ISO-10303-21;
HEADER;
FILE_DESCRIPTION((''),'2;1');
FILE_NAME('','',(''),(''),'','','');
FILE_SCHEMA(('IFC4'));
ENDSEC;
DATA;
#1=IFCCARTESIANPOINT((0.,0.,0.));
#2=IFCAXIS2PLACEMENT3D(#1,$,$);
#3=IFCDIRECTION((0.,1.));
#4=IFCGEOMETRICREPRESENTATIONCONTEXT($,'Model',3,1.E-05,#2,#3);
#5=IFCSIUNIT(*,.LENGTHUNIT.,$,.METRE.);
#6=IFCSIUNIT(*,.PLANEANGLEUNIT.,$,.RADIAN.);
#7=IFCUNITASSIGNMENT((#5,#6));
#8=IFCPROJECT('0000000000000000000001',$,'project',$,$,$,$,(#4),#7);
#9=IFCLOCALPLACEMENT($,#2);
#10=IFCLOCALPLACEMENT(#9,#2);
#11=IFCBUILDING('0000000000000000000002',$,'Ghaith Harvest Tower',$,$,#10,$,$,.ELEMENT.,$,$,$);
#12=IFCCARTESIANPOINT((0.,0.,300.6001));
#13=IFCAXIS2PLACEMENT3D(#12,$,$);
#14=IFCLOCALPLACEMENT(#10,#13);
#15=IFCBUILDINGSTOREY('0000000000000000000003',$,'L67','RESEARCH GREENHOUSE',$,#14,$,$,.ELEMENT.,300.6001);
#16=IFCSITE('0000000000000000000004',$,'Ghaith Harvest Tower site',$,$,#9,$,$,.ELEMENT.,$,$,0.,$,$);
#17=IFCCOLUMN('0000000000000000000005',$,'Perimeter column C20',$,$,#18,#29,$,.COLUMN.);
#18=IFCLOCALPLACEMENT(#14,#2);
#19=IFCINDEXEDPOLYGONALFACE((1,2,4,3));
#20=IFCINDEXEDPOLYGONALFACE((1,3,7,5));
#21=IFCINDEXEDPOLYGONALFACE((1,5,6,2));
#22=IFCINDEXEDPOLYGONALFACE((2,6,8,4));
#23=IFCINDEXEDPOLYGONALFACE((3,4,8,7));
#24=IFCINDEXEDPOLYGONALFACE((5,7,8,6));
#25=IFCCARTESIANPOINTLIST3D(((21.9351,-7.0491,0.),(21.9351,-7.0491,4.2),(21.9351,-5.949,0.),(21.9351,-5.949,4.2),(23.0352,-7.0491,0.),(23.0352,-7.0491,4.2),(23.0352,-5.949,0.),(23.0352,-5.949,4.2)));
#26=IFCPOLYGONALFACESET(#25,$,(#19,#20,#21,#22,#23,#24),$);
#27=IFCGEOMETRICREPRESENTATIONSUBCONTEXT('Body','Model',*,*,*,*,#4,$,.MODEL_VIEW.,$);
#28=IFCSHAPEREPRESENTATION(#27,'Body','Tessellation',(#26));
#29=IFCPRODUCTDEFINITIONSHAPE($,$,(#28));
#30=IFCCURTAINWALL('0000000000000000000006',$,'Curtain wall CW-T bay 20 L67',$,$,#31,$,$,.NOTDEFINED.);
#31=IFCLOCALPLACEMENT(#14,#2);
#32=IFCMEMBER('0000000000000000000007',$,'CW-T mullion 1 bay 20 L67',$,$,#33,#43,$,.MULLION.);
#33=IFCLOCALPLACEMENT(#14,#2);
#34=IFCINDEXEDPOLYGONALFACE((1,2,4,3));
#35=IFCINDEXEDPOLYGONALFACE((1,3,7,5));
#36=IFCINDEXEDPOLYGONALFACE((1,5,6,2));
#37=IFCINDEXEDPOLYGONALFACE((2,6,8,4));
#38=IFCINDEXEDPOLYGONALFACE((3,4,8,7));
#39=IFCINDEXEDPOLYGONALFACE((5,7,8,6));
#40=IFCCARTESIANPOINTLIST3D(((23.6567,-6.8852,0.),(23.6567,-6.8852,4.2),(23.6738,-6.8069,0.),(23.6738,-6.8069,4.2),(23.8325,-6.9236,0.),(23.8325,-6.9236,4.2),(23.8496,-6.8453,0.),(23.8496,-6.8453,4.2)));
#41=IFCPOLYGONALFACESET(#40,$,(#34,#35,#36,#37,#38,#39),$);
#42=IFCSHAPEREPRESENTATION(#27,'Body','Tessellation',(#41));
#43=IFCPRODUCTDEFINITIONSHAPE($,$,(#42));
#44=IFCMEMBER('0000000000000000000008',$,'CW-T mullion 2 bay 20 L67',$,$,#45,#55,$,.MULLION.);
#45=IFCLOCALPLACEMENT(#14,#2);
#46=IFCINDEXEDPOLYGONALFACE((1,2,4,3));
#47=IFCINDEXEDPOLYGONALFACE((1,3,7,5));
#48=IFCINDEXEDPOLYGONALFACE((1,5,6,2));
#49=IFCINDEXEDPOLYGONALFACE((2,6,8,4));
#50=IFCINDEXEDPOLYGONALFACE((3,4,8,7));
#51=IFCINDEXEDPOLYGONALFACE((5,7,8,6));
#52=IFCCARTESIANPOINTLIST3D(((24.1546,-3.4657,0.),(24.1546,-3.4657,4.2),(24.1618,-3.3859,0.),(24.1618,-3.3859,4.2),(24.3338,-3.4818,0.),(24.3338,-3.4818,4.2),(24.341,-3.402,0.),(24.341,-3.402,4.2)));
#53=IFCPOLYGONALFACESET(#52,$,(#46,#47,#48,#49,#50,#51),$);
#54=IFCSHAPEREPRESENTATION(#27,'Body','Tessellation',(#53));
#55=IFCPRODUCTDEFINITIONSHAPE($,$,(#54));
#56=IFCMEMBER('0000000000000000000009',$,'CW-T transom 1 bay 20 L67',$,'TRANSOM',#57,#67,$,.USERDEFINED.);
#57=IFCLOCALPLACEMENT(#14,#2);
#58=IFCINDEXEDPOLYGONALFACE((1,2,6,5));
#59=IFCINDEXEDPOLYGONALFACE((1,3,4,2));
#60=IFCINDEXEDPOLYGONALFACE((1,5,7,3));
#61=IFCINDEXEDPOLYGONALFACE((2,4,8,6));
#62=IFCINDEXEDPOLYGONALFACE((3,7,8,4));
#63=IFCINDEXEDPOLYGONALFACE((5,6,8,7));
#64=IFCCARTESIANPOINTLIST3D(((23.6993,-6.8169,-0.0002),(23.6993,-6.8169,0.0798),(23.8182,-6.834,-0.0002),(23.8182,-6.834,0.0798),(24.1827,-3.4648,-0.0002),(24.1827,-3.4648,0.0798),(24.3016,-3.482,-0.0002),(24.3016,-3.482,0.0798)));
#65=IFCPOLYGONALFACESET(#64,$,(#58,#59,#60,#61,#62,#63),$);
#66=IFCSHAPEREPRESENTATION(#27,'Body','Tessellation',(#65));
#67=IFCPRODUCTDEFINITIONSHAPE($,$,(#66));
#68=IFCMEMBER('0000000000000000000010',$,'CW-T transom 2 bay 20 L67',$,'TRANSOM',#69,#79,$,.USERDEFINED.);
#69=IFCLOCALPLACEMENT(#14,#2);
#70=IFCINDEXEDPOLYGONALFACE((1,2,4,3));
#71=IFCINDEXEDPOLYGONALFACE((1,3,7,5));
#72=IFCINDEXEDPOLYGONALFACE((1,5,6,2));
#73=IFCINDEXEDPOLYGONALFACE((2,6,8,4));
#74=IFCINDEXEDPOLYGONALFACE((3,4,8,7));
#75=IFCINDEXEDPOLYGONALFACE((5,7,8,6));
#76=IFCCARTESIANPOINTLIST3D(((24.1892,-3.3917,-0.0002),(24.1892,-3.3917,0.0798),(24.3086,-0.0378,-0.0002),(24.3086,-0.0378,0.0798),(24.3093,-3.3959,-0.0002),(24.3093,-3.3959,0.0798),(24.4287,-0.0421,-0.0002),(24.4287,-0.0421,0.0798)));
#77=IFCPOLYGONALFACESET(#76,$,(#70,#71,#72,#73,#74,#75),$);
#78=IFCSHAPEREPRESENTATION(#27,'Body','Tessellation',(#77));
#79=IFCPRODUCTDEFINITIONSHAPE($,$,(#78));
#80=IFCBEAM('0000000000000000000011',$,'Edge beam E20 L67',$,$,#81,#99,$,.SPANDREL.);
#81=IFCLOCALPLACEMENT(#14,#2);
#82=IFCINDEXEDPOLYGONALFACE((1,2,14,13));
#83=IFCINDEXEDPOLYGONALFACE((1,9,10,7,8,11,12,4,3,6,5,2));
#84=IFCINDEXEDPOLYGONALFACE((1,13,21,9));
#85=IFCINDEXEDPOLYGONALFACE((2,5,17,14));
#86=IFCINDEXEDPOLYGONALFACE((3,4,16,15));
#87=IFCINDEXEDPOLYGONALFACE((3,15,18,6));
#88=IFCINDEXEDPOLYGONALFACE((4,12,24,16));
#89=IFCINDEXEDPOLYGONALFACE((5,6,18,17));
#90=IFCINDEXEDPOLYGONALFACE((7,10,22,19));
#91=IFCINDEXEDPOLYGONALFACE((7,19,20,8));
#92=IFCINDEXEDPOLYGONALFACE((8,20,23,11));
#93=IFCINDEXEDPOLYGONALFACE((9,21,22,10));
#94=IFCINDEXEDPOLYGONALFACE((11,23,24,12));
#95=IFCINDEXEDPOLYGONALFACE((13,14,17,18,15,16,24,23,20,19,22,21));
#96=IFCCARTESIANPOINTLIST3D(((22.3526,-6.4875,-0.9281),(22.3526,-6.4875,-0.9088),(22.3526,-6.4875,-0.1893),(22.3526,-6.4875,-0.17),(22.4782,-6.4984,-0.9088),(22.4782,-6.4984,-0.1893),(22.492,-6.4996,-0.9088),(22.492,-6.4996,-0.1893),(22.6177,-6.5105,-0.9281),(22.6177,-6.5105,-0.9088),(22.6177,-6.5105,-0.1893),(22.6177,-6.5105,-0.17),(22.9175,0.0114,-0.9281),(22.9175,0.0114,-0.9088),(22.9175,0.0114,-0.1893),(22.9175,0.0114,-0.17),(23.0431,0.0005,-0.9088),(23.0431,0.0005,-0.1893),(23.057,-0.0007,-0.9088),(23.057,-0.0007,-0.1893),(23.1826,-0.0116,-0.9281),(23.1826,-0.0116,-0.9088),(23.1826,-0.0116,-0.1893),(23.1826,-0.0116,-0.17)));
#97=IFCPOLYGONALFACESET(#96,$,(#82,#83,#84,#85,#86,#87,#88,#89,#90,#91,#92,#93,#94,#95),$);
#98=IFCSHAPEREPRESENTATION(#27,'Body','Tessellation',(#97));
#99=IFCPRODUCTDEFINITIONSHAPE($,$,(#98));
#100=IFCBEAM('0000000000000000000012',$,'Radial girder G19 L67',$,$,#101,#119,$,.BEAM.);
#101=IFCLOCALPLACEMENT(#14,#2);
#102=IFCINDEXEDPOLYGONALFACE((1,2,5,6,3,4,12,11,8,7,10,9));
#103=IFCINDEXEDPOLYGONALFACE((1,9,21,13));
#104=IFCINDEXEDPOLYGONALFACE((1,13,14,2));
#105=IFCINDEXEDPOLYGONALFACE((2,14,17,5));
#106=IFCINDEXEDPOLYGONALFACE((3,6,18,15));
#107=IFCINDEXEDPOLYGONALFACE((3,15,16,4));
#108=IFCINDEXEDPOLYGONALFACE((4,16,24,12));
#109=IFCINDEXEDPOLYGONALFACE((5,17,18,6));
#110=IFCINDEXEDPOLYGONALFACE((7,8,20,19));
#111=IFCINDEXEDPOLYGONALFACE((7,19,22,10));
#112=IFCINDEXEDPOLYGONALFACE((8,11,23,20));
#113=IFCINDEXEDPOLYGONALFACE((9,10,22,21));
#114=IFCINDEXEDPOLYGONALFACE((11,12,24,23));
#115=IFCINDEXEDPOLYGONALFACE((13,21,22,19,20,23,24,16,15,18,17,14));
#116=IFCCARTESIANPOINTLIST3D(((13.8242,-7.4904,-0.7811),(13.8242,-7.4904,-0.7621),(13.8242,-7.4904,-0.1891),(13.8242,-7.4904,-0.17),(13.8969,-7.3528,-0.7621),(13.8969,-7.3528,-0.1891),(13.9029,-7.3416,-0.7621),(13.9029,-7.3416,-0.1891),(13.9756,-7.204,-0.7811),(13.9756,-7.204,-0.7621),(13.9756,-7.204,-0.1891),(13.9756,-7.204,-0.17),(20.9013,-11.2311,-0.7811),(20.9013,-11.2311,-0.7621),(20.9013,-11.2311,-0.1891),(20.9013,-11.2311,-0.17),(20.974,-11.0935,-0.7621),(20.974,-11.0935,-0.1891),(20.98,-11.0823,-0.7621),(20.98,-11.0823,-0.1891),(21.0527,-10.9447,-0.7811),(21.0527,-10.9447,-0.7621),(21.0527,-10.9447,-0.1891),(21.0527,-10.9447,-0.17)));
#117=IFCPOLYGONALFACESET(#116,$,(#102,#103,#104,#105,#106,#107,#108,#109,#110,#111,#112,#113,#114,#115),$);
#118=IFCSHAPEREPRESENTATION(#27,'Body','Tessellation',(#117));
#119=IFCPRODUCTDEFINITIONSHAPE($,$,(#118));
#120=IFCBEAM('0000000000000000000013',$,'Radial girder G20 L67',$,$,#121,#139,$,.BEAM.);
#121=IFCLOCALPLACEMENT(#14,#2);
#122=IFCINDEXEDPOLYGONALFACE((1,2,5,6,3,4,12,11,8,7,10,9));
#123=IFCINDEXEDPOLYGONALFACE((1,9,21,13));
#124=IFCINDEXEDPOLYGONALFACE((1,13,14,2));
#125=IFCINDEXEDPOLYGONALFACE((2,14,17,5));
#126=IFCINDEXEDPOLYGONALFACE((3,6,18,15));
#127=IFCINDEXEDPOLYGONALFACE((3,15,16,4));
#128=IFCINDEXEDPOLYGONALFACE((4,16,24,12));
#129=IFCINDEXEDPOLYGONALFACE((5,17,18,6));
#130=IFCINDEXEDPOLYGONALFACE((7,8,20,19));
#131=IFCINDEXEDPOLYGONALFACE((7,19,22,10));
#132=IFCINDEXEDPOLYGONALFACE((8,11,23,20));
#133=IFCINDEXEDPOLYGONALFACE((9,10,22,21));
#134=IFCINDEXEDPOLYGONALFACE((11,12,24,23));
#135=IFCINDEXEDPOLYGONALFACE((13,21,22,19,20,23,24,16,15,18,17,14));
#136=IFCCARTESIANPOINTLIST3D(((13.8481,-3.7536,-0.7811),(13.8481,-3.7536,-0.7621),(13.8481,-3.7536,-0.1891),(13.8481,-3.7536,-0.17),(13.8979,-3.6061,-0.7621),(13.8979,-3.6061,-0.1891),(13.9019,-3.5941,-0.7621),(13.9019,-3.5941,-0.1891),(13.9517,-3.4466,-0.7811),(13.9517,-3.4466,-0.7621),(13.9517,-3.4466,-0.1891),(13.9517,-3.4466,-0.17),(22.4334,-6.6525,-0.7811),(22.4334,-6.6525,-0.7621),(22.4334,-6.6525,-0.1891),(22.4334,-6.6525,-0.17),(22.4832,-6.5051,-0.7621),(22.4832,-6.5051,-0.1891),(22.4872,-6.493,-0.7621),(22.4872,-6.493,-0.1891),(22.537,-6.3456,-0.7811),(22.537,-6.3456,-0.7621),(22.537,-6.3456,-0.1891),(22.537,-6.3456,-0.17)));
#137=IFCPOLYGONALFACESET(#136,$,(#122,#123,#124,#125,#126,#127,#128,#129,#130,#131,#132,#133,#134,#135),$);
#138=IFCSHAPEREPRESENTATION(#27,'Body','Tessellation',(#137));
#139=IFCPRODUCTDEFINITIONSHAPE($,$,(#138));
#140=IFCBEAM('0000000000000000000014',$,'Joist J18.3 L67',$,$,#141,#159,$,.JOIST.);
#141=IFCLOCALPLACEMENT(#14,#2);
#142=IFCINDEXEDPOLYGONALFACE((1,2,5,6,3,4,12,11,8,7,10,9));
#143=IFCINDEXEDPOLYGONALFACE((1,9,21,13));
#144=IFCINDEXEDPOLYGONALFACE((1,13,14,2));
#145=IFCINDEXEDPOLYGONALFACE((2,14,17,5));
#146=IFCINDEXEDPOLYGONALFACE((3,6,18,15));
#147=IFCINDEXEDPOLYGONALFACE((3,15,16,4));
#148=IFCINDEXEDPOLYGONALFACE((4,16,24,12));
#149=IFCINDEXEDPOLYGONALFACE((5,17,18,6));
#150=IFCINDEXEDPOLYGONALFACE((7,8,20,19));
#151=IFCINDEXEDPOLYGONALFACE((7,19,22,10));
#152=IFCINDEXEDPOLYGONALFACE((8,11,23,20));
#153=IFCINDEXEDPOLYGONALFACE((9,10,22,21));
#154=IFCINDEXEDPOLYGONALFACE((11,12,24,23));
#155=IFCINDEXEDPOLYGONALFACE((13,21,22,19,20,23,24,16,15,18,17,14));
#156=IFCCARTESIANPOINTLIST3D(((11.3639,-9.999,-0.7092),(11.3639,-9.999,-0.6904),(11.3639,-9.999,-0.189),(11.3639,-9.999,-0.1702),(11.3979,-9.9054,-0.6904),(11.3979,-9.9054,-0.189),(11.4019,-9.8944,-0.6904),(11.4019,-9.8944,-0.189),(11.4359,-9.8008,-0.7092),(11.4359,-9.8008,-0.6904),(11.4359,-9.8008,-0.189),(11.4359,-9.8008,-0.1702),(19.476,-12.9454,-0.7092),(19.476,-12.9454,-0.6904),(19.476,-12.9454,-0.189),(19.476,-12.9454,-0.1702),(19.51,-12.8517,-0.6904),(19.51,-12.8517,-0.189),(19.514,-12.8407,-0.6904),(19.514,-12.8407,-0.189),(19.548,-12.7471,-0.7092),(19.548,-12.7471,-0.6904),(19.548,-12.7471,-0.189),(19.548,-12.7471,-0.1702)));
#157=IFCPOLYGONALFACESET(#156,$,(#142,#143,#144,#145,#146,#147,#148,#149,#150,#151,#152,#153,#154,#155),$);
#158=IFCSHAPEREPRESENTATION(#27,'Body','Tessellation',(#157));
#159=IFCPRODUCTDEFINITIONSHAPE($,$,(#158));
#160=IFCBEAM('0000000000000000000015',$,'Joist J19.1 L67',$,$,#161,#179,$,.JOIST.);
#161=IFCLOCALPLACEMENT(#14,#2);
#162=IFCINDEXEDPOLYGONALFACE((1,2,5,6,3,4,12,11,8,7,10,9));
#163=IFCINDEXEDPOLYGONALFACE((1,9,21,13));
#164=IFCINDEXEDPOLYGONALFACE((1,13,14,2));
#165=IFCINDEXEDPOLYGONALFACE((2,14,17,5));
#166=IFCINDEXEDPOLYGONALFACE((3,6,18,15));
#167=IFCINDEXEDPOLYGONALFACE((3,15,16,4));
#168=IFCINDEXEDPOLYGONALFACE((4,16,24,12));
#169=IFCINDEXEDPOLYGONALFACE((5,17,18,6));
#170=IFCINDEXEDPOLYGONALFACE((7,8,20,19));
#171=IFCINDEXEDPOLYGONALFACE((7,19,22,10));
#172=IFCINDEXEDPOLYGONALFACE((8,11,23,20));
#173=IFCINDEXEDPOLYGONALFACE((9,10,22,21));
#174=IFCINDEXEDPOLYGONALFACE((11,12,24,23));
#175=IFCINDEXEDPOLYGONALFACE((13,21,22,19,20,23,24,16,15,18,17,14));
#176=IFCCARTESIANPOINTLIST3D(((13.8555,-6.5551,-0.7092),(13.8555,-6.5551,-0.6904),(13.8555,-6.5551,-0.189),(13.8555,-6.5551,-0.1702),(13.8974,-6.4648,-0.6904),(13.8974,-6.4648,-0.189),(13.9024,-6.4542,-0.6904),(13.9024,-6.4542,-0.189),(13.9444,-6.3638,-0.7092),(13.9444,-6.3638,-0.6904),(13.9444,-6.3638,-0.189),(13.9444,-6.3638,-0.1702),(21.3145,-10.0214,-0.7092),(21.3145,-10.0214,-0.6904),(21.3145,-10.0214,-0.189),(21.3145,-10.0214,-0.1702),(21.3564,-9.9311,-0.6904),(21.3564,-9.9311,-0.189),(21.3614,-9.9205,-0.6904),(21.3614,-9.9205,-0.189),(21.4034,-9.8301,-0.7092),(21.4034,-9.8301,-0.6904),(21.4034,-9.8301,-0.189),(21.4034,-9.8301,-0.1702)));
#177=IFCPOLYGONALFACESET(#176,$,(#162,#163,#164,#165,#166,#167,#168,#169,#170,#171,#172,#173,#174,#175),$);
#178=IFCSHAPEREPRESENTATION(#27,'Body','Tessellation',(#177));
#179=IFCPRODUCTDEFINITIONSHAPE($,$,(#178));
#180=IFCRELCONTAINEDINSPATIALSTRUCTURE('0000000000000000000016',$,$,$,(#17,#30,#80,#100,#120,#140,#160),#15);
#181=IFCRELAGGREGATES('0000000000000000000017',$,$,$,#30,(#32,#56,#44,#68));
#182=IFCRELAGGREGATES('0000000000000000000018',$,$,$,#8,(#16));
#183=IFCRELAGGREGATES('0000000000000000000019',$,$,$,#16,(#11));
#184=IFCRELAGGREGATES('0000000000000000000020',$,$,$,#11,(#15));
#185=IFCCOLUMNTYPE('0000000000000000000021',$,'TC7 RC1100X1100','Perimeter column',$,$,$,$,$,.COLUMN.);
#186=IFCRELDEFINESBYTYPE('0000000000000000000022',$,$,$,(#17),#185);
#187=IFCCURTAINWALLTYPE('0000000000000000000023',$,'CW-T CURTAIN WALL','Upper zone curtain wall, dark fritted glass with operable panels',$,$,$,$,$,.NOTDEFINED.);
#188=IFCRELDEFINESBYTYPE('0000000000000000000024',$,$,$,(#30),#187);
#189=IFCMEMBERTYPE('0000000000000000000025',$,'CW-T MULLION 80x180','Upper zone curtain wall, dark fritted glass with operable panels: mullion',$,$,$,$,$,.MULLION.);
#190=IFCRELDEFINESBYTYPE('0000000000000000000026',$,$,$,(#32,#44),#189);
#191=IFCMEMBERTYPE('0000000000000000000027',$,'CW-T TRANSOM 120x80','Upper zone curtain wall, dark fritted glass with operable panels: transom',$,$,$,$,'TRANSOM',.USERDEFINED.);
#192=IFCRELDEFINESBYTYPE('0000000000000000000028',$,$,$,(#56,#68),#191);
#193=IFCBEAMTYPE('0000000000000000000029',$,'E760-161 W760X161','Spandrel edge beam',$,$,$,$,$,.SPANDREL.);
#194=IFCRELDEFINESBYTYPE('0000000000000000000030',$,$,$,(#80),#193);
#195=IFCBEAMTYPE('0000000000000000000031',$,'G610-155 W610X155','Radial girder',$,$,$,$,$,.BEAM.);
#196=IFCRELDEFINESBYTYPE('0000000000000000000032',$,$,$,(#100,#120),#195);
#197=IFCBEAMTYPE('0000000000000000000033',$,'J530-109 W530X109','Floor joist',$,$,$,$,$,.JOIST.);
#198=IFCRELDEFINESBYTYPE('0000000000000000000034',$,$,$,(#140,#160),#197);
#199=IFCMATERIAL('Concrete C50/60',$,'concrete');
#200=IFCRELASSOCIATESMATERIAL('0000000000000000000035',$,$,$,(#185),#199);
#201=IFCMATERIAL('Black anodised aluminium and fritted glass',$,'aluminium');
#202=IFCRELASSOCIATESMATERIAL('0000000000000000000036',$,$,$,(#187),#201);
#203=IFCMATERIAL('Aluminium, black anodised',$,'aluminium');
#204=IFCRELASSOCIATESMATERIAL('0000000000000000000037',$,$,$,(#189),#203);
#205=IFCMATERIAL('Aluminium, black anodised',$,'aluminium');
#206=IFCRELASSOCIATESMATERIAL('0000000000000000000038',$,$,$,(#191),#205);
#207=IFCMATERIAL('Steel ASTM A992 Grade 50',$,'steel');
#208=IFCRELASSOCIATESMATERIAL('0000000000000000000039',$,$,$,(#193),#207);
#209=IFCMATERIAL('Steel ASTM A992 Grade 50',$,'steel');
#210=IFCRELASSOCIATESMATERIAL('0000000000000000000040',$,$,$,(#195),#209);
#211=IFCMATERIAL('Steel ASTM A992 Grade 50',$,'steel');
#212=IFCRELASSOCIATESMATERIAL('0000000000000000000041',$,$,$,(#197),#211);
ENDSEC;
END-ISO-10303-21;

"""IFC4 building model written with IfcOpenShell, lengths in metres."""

from ifc_helpers import new_model, si_unit, direction, frame, origin, origin_2d, place, context, subcontext, project, spatial, rectangle, i_section, extrude, material, material_profile, profile_set, type_object, element, aggregate, save


model = new_model("IFC4")

# Units and contexts
model_context = context("Model", 3, precision=1e-05, world=origin(), true_north=direction((0.0, 1.0)))
body_context = subcontext(model_context, "Body", "Model", "MODEL_VIEW")
ifc_project = project(units=[si_unit("LENGTHUNIT", "METRE"), si_unit("PLANEANGLEUNIT", "RADIAN")], contexts=[model_context])

# Site, building, storey
site_placement = place(None, origin())
site = spatial("IfcSite", under=ifc_project, at=site_placement, Name="Ghaith Harvest Tower site", CompositionType="ELEMENT", RefElevation=0.0)
building_placement = place(site_placement, origin())
building = spatial("IfcBuilding", under=site, at=building_placement, Name="Ghaith Harvest Tower", CompositionType="ELEMENT")
storey_placement = place(building_placement, frame((0.0, 0.0, 300.6001)))
storey = spatial("IfcBuildingStorey", under=building, at=storey_placement, Name="L67", Description="RESEARCH GREENHOUSE", CompositionType="ELEMENT", Elevation=300.6001)

# Column
ifc_material_1 = material(Name="Concrete C50/60", Category="concrete")
ifc_material_profile_1 = material_profile(ifc_material_1, rectangle(XDim=1.1001, YDim=1.1001, at=origin_2d()), Name="RC1100X1100")
ifc_profile_set_1 = profile_set([ifc_material_profile_1], Name="Concrete C50/60")
column_type = type_object("IfcColumnType", Name="TC7 RC1100X1100", Description="Perimeter column", PredefinedType="COLUMN", material=ifc_profile_set_1)
column_placement = place(storey_placement, frame((22.4851, -6.499, 0.0), z_axis=(0.0, 0.0, 1.0), x_axis=(1.0, 0.0, 0.0)))
element("IfcColumn", 1, at=column_placement, inside=storey, type_object=column_type, Name="Perimeter column C20", PredefinedType="COLUMN", context=body_context, shape_type="SweptSolid", body=[
    extrude(rectangle(XDim=1.1001, YDim=1.1001, at=origin_2d()), origin(), (0.0, 0.0, 1.0), 4.2),
])

# Curtain wall, members
ifc_material_2 = material(Name="Black anodised aluminium and fritted glass", Category="aluminium")
curtain_wall_type = type_object("IfcCurtainWallType", Name="CW-T CURTAIN WALL", Description="Upper zone curtain wall, dark fritted glass with operable panels", PredefinedType="NOTDEFINED", material=ifc_material_2)
curtain_wall_1_placement = place(storey_placement, origin())
curtain_wall_1 = element("IfcCurtainWall", 2, at=curtain_wall_1_placement, inside=storey, type_object=curtain_wall_type, Name="Curtain wall CW-T bay 20 L67", PredefinedType="NOTDEFINED")
ifc_material_3 = material(Name="Aluminium, black anodised", Category="aluminium")
ifc_material_profile_2 = material_profile(ifc_material_3, rectangle(XDim=0.0801, YDim=0.1799, at=origin_2d()), Name="CW-T MULLION 80x180")
ifc_profile_set_2 = profile_set([ifc_material_profile_2], Name="Aluminium, black anodised")
member_type_1 = type_object("IfcMemberType", Name="CW-T MULLION 80x180", Description="Upper zone curtain wall, dark fritted glass with operable panels: mullion", PredefinedType="MULLION", material=ifc_profile_set_2)
member_1_placement = place(storey_placement, frame((23.7532, -6.8652, 0.0), z_axis=(0.0, 0.0, 1.0), x_axis=(0.213402, 0.976964, 0.0)))
member_1 = element("IfcMember", 3, at=member_1_placement, type_object=member_type_1, Name="CW-T mullion 1 bay 20 L67", PredefinedType="MULLION", context=body_context, shape_type="SweptSolid", body=[
    extrude(rectangle(XDim=0.0801, YDim=0.1799, at=origin_2d()), origin(), (0.0, 0.0, 1.0), 4.2),
])
member_2_placement = place(storey_placement, frame((24.2478, -3.4338, 0.0), z_axis=(0.0, 0.0, 1.0), x_axis=(0.089502, 0.995987, 0.0)))
member_2 = element("IfcMember", 4, at=member_2_placement, type_object=member_type_1, Name="CW-T mullion 2 bay 20 L67", PredefinedType="MULLION", context=body_context, shape_type="SweptSolid", body=[
    extrude(rectangle(XDim=0.0801, YDim=0.1799, at=origin_2d()), origin(), (0.0, 0.0, 1.0), 4.2),
])
ifc_material_4 = material(Name="Aluminium, black anodised", Category="aluminium")
ifc_material_profile_3 = material_profile(ifc_material_4, rectangle(XDim=0.1201, YDim=0.0801, at=origin_2d()), Name="CW-T TRANSOM 120x80")
ifc_profile_set_3 = profile_set([ifc_material_profile_3], Name="Aluminium, black anodised")
member_type_2 = type_object("IfcMemberType", Name="CW-T TRANSOM 120x80", Description="Upper zone curtain wall, dark fritted glass with operable panels: transom", ElementType="TRANSOM", PredefinedType="USERDEFINED", material=ifc_profile_set_3)
member_3_placement = place(storey_placement, frame((23.7588, -6.8254, 0.0398), z_axis=(0.142733, 0.989761, 0.0), x_axis=(-0.989761, 0.142733, 0.0)))
member_3 = element("IfcMember", 5, at=member_3_placement, type_object=member_type_2, Name="CW-T transom 1 bay 20 L67", ObjectType="TRANSOM", PredefinedType="USERDEFINED", context=body_context, shape_type="SweptSolid", body=[
    extrude(rectangle(XDim=0.1201, YDim=0.0801, at=origin_2d()), origin(), (0.0, 0.0, 1.0), 3.3867),
])
member_4_placement = place(storey_placement, frame((24.2493, -3.3938, 0.0398), z_axis=(0.035575, 0.999367, 0.0), x_axis=(-0.999367, 0.035575, 0.0)))
member_4 = element("IfcMember", 6, at=member_4_placement, type_object=member_type_2, Name="CW-T transom 2 bay 20 L67", ObjectType="TRANSOM", PredefinedType="USERDEFINED", context=body_context, shape_type="SweptSolid", body=[
    extrude(rectangle(XDim=0.1201, YDim=0.0801, at=origin_2d()), origin(), (0.0, 0.0, 1.0), 3.356),
])

# Beams
ifc_material_5 = material(Name="Steel ASTM A992 Grade 50", Category="steel")
ifc_material_profile_4 = material_profile(ifc_material_5, i_section(OverallWidth=0.2661, OverallDepth=0.7581, WebThickness=0.0139, FlangeThickness=0.0193, at=origin_2d()), Name="W760X161")
ifc_profile_set_4 = profile_set([ifc_material_profile_4], Name="Steel ASTM A992 Grade 50")
beam_type_1 = type_object("IfcBeamType", Name="E760-161 W760X161", Description="Spandrel edge beam", PredefinedType="SPANDREL", material=ifc_profile_set_4)
beam_1_placement = place(storey_placement, frame((22.4851, -6.499, -0.5491), z_axis=(0.086601, 0.996243, 0.0), x_axis=(-0.996243, 0.086601, 0.0)))
element("IfcBeam", 7, at=beam_1_placement, inside=storey, type_object=beam_type_1, Name="Edge beam E20 L67", PredefinedType="SPANDREL", context=body_context, shape_type="SweptSolid", body=[
    extrude(i_section(OverallWidth=0.2661, OverallDepth=0.7581, WebThickness=0.0139, FlangeThickness=0.0193, at=origin_2d()), origin(), (0.0, 0.0, 1.0), 6.5234),
])
ifc_material_6 = material(Name="Steel ASTM A992 Grade 50", Category="steel")
ifc_material_profile_5 = material_profile(ifc_material_6, i_section(OverallWidth=0.324, OverallDepth=0.6111, WebThickness=0.0127, FlangeThickness=0.019, at=origin_2d()), Name="W610X155")
ifc_profile_set_5 = profile_set([ifc_material_profile_5], Name="Steel ASTM A992 Grade 50")
beam_type_2 = type_object("IfcBeamType", Name="G610-155 W610X155", Description="Radial girder", PredefinedType="BEAM", material=ifc_profile_set_5)
beam_2_placement = place(storey_placement, frame((13.8999, -7.3472, -0.4756), z_axis=(0.884098, -0.467302, 0.0), x_axis=(0.467302, 0.884098, 0.0)))
element("IfcBeam", 8, at=beam_2_placement, inside=storey, type_object=beam_type_2, Name="Radial girder G19 L67", PredefinedType="BEAM", context=body_context, shape_type="SweptSolid", body=[
    extrude(i_section(OverallWidth=0.324, OverallDepth=0.6111, WebThickness=0.0127, FlangeThickness=0.019, at=origin_2d()), origin(), (0.0, 0.0, 1.0), 8.0049),
])
beam_3_placement = place(storey_placement, frame((13.8999, -3.6001, -0.4756), z_axis=(0.947445, -0.319919, 0.0), x_axis=(0.319919, 0.947445, 0.0)))
element("IfcBeam", 9, at=beam_3_placement, inside=storey, type_object=beam_type_2, Name="Radial girder G20 L67", PredefinedType="BEAM", context=body_context, shape_type="SweptSolid", body=[
    extrude(i_section(OverallWidth=0.324, OverallDepth=0.6111, WebThickness=0.0127, FlangeThickness=0.019, at=origin_2d()), origin(), (0.0, 0.0, 1.0), 9.0615),
])
ifc_material_7 = material(Name="Steel ASTM A992 Grade 50", Category="steel")
ifc_material_profile_6 = material_profile(ifc_material_7, i_section(OverallWidth=0.2109, OverallDepth=0.5391, WebThickness=0.0117, FlangeThickness=0.0188, at=origin_2d()), Name="W530X109")
ifc_profile_set_6 = profile_set([ifc_material_profile_6], Name="Steel ASTM A992 Grade 50")
beam_type_3 = type_object("IfcBeamType", Name="J530-109 W530X109", Description="Floor joist", PredefinedType="JOIST", material=ifc_profile_set_6)
beam_4_placement = place(storey_placement, frame((11.3999, -9.8999, -0.4397), z_axis=(0.939926, -0.34138, 0.0), x_axis=(0.34138, 0.939926, 0.0)))
element("IfcBeam", 10, at=beam_4_placement, inside=storey, type_object=beam_type_3, Name="Joist J18.3 L67", PredefinedType="JOIST", context=body_context, shape_type="SweptSolid", body=[
    extrude(i_section(OverallWidth=0.2109, OverallDepth=0.5391, WebThickness=0.0117, FlangeThickness=0.0188, at=origin_2d()), origin(), (0.0, 0.0, 1.0), 8.6306),
])
beam_5_placement = place(storey_placement, frame((13.8999, -6.4595, -0.4397), z_axis=(0.90686, -0.421432, 0.0), x_axis=(0.421432, 0.90686, 0.0)))
element("IfcBeam", 11, at=beam_5_placement, inside=storey, type_object=beam_type_3, Name="Joist J19.1 L67", PredefinedType="JOIST", context=body_context, shape_type="SweptSolid", body=[
    extrude(i_section(OverallWidth=0.2109, OverallDepth=0.5391, WebThickness=0.0117, FlangeThickness=0.0188, at=origin_2d()), origin(), (0.0, 0.0, 1.0), 8.2251),
])

aggregate(curtain_wall_1, [member_1, member_3, member_2, member_4])

save(model, "model.ifc")
